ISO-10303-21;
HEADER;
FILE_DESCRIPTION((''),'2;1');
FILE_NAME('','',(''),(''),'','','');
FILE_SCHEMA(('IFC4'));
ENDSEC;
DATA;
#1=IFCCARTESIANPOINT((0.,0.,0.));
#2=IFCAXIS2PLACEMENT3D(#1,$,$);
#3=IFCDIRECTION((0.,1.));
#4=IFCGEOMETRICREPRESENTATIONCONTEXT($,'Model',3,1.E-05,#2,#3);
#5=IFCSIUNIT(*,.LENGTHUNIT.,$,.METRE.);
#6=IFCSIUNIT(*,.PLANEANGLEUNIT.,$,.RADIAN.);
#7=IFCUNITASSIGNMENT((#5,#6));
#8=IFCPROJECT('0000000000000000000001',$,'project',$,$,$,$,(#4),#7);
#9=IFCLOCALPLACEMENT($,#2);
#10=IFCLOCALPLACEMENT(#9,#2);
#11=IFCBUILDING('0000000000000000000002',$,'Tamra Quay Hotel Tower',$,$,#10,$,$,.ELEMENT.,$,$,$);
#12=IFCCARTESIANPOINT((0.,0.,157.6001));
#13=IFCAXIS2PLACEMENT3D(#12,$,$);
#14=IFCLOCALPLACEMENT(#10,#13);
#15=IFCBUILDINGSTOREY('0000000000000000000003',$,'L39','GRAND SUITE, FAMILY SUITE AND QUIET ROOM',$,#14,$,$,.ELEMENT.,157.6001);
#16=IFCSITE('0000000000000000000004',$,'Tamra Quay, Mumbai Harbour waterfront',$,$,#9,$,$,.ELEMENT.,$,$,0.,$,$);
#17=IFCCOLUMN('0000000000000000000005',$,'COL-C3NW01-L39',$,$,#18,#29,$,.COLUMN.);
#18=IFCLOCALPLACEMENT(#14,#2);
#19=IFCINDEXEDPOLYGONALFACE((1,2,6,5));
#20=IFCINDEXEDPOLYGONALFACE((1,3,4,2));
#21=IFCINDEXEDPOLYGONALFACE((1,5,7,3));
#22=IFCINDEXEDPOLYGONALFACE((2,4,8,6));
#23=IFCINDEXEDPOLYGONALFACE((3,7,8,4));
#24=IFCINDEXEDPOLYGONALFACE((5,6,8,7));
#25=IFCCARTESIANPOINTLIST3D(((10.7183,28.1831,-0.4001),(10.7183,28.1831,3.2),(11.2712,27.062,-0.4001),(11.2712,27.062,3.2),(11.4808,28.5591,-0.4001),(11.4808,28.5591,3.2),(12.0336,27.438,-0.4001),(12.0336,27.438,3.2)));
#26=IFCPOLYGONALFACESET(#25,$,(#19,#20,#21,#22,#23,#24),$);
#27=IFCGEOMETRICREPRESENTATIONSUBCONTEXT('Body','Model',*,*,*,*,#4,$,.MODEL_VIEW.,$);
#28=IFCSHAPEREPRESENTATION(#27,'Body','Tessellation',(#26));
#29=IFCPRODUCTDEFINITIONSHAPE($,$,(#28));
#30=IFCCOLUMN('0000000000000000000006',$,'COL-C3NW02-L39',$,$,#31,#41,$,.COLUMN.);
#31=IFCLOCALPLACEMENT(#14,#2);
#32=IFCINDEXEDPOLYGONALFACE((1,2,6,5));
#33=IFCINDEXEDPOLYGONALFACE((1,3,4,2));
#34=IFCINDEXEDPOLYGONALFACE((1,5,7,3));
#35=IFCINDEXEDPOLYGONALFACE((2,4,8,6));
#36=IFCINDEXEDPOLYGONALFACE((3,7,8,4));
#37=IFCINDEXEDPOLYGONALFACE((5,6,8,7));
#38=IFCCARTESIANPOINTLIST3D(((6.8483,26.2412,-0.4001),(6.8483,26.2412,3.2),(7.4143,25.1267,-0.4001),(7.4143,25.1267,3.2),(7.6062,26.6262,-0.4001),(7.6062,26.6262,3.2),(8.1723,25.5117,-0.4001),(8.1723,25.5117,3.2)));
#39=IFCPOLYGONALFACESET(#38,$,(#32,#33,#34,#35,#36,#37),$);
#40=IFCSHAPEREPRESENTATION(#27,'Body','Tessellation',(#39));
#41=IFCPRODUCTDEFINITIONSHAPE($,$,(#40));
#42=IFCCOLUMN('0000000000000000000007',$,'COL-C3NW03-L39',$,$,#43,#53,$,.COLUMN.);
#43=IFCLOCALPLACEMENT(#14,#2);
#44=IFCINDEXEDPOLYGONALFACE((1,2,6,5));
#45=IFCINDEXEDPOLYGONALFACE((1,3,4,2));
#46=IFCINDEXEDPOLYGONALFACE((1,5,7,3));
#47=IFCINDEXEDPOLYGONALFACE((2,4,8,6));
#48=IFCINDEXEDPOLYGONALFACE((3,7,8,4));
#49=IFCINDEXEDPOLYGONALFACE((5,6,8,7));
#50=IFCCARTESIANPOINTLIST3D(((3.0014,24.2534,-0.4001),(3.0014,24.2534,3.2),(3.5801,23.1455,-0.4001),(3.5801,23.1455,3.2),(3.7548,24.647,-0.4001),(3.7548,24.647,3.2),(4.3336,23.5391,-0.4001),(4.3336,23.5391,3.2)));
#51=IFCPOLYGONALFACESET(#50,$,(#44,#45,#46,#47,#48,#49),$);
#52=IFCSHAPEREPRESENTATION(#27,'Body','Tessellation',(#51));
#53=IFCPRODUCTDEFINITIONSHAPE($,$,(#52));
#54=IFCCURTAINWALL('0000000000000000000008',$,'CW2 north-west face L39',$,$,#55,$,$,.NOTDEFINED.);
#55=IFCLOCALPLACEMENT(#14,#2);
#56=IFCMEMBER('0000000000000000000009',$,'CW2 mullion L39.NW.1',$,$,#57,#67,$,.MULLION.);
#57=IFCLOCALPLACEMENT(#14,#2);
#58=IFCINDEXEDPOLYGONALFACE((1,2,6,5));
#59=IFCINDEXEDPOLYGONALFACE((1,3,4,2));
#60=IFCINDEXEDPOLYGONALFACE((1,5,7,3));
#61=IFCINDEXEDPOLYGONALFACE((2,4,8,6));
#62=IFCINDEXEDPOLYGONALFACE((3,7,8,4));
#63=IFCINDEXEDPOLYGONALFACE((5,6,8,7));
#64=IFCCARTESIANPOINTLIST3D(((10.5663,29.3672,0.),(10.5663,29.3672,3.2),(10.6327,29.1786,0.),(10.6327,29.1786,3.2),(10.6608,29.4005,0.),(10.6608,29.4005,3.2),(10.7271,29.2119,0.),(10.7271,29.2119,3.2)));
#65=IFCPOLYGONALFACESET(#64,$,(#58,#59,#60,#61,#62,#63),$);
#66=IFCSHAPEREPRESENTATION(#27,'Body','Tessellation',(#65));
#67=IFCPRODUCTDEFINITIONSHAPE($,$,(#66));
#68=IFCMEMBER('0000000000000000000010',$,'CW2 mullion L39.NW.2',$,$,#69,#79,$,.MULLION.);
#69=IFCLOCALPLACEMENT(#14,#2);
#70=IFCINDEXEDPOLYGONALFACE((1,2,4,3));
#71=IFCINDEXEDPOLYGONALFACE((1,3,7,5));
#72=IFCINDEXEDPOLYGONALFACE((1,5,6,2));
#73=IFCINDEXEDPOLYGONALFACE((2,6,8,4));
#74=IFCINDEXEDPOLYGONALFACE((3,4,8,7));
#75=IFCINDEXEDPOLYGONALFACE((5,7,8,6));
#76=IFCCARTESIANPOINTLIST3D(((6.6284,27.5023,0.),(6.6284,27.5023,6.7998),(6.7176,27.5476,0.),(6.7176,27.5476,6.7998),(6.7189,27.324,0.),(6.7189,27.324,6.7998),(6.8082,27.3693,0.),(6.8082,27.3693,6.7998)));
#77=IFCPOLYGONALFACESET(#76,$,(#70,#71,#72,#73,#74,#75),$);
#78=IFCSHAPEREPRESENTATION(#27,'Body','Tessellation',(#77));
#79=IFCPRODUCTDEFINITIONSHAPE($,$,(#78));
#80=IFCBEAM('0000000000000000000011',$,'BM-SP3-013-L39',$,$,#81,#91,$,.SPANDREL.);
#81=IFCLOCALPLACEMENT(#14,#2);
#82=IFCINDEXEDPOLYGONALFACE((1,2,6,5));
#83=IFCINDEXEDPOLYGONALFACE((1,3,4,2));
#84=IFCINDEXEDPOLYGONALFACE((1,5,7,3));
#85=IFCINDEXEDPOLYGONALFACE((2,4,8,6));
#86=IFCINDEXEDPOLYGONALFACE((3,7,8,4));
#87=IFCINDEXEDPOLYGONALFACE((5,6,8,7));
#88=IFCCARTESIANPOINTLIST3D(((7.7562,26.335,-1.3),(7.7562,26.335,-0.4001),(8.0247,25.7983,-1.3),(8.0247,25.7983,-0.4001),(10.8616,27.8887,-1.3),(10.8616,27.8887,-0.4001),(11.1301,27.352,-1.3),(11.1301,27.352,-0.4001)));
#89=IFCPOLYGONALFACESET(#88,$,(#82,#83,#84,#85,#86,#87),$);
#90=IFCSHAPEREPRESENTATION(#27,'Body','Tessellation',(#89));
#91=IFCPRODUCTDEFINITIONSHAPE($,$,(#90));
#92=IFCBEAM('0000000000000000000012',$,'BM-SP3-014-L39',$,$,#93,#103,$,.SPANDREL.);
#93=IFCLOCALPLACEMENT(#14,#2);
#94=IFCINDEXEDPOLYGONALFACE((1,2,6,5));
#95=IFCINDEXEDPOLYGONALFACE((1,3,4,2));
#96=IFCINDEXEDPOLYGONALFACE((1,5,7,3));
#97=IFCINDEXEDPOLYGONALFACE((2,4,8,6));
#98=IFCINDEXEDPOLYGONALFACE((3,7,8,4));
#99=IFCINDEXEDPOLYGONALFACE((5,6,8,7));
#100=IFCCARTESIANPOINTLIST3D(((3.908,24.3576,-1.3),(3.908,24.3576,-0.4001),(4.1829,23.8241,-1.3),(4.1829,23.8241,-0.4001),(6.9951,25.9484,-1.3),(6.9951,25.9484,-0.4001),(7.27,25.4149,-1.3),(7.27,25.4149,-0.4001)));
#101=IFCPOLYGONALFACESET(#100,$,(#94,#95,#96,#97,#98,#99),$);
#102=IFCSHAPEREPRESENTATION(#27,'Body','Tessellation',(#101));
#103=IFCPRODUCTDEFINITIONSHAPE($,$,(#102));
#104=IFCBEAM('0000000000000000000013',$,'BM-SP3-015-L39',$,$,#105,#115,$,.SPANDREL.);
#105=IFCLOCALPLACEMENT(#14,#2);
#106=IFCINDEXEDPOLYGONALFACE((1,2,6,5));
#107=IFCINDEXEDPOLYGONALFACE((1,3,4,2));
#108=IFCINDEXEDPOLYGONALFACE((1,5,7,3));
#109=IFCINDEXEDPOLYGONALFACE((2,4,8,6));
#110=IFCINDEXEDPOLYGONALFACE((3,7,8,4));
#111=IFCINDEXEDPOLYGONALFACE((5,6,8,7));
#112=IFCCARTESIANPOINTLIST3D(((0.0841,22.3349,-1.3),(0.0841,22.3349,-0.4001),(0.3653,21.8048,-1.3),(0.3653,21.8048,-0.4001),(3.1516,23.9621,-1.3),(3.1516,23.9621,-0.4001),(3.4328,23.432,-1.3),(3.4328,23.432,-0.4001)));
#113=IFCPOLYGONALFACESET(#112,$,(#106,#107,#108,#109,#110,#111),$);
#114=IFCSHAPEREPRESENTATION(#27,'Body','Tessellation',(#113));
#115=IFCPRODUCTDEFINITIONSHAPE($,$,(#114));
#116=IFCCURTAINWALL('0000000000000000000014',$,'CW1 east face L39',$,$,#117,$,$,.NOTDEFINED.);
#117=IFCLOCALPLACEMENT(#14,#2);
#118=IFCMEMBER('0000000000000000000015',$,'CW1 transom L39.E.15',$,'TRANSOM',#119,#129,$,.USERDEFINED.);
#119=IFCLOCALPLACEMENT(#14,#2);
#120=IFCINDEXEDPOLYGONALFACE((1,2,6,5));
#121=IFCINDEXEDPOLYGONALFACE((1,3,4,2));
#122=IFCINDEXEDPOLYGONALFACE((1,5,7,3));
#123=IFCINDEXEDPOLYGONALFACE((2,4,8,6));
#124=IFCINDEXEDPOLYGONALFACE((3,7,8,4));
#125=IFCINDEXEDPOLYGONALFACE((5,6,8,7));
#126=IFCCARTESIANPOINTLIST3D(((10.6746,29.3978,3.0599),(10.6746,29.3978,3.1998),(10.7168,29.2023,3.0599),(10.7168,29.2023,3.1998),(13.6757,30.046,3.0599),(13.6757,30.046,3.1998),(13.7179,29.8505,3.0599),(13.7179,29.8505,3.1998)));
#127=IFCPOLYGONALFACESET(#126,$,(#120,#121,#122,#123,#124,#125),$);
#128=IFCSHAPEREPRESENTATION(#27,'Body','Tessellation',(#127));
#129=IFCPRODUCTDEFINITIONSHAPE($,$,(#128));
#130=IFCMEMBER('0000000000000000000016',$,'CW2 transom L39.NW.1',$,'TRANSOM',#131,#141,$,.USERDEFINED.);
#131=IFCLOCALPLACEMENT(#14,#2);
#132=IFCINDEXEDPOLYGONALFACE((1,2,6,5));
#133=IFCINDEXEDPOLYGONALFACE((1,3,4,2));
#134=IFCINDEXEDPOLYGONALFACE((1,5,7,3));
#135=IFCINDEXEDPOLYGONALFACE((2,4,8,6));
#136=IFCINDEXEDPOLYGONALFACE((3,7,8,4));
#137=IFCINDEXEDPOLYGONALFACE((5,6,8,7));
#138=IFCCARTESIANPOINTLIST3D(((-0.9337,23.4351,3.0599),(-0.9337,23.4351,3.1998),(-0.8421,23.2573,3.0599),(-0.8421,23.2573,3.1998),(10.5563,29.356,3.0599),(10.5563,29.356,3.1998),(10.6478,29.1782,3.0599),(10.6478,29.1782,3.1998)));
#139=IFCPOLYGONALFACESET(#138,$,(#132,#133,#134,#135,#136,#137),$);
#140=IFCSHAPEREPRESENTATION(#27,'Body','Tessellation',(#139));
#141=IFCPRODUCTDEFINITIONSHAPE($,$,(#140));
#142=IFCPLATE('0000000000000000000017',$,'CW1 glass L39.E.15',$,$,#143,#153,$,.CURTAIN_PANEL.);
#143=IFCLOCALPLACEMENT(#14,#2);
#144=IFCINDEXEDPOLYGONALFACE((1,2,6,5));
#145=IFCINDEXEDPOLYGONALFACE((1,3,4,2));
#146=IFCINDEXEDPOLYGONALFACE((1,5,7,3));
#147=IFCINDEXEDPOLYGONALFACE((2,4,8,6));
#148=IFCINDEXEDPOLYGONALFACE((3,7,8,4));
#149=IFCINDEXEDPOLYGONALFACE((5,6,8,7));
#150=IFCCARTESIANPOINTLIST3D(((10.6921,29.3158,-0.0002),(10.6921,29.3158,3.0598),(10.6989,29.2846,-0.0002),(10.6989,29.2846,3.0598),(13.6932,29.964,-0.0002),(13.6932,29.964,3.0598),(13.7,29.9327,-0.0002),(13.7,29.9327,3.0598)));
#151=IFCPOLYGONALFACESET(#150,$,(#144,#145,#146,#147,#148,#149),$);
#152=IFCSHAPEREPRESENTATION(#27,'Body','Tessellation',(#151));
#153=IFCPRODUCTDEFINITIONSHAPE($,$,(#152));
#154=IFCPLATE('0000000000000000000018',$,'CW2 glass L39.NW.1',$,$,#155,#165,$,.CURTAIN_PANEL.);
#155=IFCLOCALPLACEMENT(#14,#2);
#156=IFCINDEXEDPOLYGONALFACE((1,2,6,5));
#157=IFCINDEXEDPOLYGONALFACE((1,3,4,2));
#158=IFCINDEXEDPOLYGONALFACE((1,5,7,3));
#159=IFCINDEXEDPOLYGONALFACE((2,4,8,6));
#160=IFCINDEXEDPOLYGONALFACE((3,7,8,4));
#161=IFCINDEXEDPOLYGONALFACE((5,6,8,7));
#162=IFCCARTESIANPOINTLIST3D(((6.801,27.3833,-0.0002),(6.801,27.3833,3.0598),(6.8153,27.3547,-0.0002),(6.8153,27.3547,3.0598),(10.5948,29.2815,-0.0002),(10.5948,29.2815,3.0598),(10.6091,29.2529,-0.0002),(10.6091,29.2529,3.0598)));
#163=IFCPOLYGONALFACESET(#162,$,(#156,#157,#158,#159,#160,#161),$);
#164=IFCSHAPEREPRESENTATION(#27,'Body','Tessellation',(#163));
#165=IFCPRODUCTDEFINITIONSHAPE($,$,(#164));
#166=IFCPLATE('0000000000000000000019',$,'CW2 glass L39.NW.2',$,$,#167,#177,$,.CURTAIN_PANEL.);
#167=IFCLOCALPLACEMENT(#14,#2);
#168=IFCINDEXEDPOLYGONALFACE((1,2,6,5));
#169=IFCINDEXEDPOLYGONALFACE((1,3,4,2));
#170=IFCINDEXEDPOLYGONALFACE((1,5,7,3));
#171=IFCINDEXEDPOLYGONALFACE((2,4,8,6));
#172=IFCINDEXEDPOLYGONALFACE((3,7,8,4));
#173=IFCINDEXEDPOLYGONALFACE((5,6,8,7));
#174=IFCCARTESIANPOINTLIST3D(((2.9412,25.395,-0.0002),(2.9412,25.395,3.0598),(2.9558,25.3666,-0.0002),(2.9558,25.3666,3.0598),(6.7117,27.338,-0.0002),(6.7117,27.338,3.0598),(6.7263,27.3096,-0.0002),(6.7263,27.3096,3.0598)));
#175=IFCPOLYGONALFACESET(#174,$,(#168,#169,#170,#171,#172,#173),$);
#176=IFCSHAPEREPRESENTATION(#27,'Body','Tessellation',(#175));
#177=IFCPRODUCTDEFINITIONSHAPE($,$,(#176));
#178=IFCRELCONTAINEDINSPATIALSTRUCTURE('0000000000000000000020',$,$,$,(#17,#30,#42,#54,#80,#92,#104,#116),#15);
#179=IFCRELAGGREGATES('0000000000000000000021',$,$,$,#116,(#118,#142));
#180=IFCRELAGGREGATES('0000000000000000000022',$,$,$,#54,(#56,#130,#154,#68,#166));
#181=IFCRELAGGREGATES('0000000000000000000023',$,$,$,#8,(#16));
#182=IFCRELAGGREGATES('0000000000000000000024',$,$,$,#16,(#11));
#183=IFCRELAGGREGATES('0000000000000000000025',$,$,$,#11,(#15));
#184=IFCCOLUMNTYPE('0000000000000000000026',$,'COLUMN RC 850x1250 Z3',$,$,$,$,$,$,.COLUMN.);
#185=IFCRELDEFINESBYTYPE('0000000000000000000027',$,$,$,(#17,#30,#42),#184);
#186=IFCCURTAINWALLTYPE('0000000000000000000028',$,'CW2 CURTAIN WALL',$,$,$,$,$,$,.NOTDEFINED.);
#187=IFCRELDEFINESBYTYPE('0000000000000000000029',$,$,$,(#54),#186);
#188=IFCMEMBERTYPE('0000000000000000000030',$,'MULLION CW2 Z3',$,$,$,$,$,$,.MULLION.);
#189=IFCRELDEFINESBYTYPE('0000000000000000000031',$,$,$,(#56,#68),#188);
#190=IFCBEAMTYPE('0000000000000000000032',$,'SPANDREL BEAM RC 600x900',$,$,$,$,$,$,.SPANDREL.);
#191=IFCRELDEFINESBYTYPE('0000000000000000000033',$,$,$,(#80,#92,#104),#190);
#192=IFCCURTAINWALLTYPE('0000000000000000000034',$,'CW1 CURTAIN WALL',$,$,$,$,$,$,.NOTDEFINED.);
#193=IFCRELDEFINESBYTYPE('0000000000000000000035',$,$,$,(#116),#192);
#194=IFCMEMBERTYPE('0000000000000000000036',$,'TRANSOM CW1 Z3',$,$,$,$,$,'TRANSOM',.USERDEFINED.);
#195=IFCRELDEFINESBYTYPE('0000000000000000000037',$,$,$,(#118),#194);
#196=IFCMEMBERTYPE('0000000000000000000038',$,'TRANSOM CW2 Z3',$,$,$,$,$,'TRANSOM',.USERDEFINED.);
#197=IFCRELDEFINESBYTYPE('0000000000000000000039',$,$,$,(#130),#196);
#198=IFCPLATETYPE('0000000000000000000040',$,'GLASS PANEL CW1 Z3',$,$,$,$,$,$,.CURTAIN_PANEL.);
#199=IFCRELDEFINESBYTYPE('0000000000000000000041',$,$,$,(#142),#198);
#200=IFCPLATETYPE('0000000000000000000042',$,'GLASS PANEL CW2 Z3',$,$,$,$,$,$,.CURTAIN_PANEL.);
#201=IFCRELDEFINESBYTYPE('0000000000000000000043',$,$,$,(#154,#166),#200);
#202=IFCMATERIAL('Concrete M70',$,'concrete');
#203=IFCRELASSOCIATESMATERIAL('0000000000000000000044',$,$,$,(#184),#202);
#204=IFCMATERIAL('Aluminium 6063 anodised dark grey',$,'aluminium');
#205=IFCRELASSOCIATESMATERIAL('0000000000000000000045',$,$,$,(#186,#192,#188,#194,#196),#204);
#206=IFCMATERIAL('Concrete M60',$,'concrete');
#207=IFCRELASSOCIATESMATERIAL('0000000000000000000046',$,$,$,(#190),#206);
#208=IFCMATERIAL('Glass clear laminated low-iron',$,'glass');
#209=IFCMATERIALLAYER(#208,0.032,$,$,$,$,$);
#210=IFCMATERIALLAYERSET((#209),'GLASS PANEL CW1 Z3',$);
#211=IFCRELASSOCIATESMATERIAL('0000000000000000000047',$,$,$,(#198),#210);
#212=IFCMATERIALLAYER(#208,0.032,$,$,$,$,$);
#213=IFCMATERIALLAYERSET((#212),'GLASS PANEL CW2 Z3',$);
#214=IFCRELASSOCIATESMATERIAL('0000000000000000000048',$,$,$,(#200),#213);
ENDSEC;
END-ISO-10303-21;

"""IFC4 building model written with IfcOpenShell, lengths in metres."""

from ifc_helpers import new_model, si_unit, direction, frame, origin, origin_2d, place, context, subcontext, project, spatial, rectangle, extrude, material, layer, layer_set, material_profile, profile_set, type_object, element, aggregate, save


model = new_model("IFC4")

# Units and contexts
model_context = context("Model", 3, precision=1e-05, world=origin(), true_north=direction((0.0, 1.0)))
body_context = subcontext(model_context, "Body", "Model", "MODEL_VIEW")
ifc_project = project(units=[si_unit("LENGTHUNIT", "METRE"), si_unit("PLANEANGLEUNIT", "RADIAN")], contexts=[model_context])

# Site, building, storey
site_placement = place(None, origin())
site = spatial("IfcSite", under=ifc_project, at=site_placement, Name="Tamra Quay, Mumbai Harbour waterfront", CompositionType="ELEMENT", RefElevation=0.0)
building_placement = place(site_placement, origin())
building = spatial("IfcBuilding", under=site, at=building_placement, Name="Tamra Quay Hotel Tower", CompositionType="ELEMENT")
storey_placement = place(building_placement, frame((0.0, 0.0, 157.6001)))
storey = spatial("IfcBuildingStorey", under=building, at=storey_placement, Name="L39", Description="GRAND SUITE, FAMILY SUITE AND QUIET ROOM", CompositionType="ELEMENT", Elevation=157.6001)

# Columns
ifc_material_1 = material(Name="Concrete M70", Category="concrete")
ifc_material_profile_1 = material_profile(ifc_material_1, rectangle(XDim=1.25, YDim=0.8501, at=origin_2d()), Name="COLUMN RC 850x1250 Z3")
ifc_profile_set_1 = profile_set([ifc_material_profile_1], Name="Concrete M70")
column_type = type_object("IfcColumnType", Name="COLUMN RC 850x1250 Z3", PredefinedType="COLUMN", material=ifc_profile_set_1)
for number, where, z_axis, x_axis, name in (
    (1, (11.376, 27.8105, -0.4001), (0.0, 0.0, 1.0), (-0.442275, 0.89688, 0.0), "COL-C3NW01-L39"),
    (2, (7.5103, 25.8765, -0.4001), (0.0, 0.0, 1.0), (-0.45286, 0.891582, 0.0), "COL-C3NW02-L39"),
    (3, (3.6675, 23.8962, -0.4001), (0.0, 0.0, 1.0), (-0.463007, 0.886355, 0.0), "COL-C3NW03-L39"),
):
    element("IfcColumn", number, at=place(storey_placement, frame(where, z_axis=z_axis, x_axis=x_axis)), inside=storey, type_object=column_type, Name=name, PredefinedType="COLUMN", context=body_context, shape_type="SweptSolid", body=[
        extrude(rectangle(XDim=1.25, YDim=0.8501, at=origin_2d()), origin(), (0.0, 0.0, 1.0), 3.6001),
    ])

# Curtain wall, members
ifc_material_2 = material(Name="Aluminium 6063 anodised dark grey", Category="aluminium")
curtain_wall_type_1 = type_object("IfcCurtainWallType", Name="CW2 CURTAIN WALL", PredefinedType="NOTDEFINED", material=ifc_material_2)
curtain_wall_1_placement = place(storey_placement, origin())
curtain_wall_1 = element("IfcCurtainWall", 4, at=curtain_wall_1_placement, inside=storey, type_object=curtain_wall_type_1, Name="CW2 north-west face L39", PredefinedType="NOTDEFINED")
ifc_material_profile_2 = material_profile(ifc_material_2, rectangle(XDim=0.2, YDim=0.1001, at=origin_2d()), Name="MULLION 100X200")
ifc_profile_set_2 = profile_set([ifc_material_profile_2], Name="Aluminium 6063 anodised dark grey")
member_type_1 = type_object("IfcMemberType", Name="MULLION CW2 Z3", PredefinedType="MULLION", material=ifc_profile_set_2)
member_1_placement = place(storey_placement, frame((10.6467, 29.2896, 0.0), z_axis=(0.0, 0.0, 1.0), x_axis=(-0.331894, 0.943317, 0.0)))
member_1 = element("IfcMember", 5, at=member_1_placement, type_object=member_type_1, Name="CW2 mullion L39.NW.1", PredefinedType="MULLION", context=body_context, shape_type="SweptSolid", body=[
    extrude(rectangle(XDim=0.2, YDim=0.1001, at=origin_2d()), origin(), (0.0, 0.0, 1.0), 3.2),
])
member_2_placement = place(storey_placement, frame((6.7183, 27.4358, 0.0), z_axis=(0.0, 0.0, 1.0), x_axis=(-0.452777, 0.891624, 0.0)))
member_2 = element("IfcMember", 6, at=member_2_placement, type_object=member_type_1, Name="CW2 mullion L39.NW.2", PredefinedType="MULLION", context=body_context, shape_type="SweptSolid", body=[
    extrude(rectangle(XDim=0.2, YDim=0.1001, at=origin_2d()), origin(), (0.0, 0.0, 1.0), 6.7998),
])

# Beams
ifc_material_3 = material(Name="Concrete M60", Category="concrete")
ifc_material_profile_3 = material_profile(ifc_material_3, rectangle(XDim=0.6001, YDim=0.8999, at=origin_2d()), Name="SPANDREL BEAM RC 600x900")
ifc_profile_set_3 = profile_set([ifc_material_profile_3], Name="Concrete M60")
beam_type = type_object("IfcBeamType", Name="SPANDREL BEAM RC 600x900", PredefinedType="SPANDREL", material=ifc_profile_set_3)
beam_1_placement = place(storey_placement, frame((10.9958, 27.6204, -0.8501), z_axis=(-0.894315, -0.447439, 0.0), x_axis=(0.447439, -0.894315, 0.0)))
element("IfcBeam", 7, at=beam_1_placement, inside=storey, type_object=beam_type, Name="BM-SP3-013-L39", PredefinedType="SPANDREL", context=body_context, shape_type="SweptSolid", body=[
    extrude(rectangle(XDim=0.6001, YDim=0.8999, at=origin_2d()), origin(), (0.0, 0.0, 1.0), 3.4724),
])
beam_2_placement = place(storey_placement, frame((7.1326, 25.6816, -0.8501), z_axis=(-0.88892, -0.458063, 0.0), x_axis=(0.458063, -0.88892, 0.0)))
element("IfcBeam", 8, at=beam_2_placement, inside=storey, type_object=beam_type, Name="BM-SP3-014-L39", PredefinedType="SPANDREL", context=body_context, shape_type="SweptSolid", body=[
    extrude(rectangle(XDim=0.6001, YDim=0.8999, at=origin_2d()), origin(), (0.0, 0.0, 1.0), 3.4729),
])
beam_3_placement = place(storey_placement, frame((3.2922, 23.697, -0.8501), z_axis=(-0.883411, -0.468598, 0.0), x_axis=(0.468598, -0.883411, 0.0)))
element("IfcBeam", 9, at=beam_3_placement, inside=storey, type_object=beam_type, Name="BM-SP3-015-L39", PredefinedType="SPANDREL", context=body_context, shape_type="SweptSolid", body=[
    extrude(rectangle(XDim=0.6001, YDim=0.8999, at=origin_2d()), origin(), (0.0, 0.0, 1.0), 3.4724),
])

# Curtain wall, member
curtain_wall_type_2 = type_object("IfcCurtainWallType", Name="CW1 CURTAIN WALL", PredefinedType="NOTDEFINED", material=ifc_material_2)
curtain_wall_2_placement = place(storey_placement, origin())
curtain_wall_2 = element("IfcCurtainWall", 10, at=curtain_wall_2_placement, inside=storey, type_object=curtain_wall_type_2, Name="CW1 east face L39", PredefinedType="NOTDEFINED")
ifc_material_profile_4 = material_profile(ifc_material_2, rectangle(XDim=0.2, YDim=0.1399, at=origin_2d()), Name="TRANSOM 200X140")
ifc_profile_set_4 = profile_set([ifc_material_profile_4], Name="Aluminium 6063 anodised dark grey")
member_type_2 = type_object("IfcMemberType", Name="TRANSOM CW1 Z3", ElementType="TRANSOM", PredefinedType="USERDEFINED", material=ifc_profile_set_4)
member_3_placement = place(storey_placement, frame((13.6968, 29.9482, 3.1299), z_axis=(-0.977463, -0.211109, 0.0), x_axis=(0.211109, -0.977463, 0.0)))
member_3 = element("IfcMember", 11, at=member_3_placement, type_object=member_type_2, Name="CW1 transom L39.E.15", ObjectType="TRANSOM", PredefinedType="USERDEFINED", context=body_context, shape_type="SweptSolid", body=[
    extrude(rectangle(XDim=0.2, YDim=0.1399, at=origin_2d()), origin(), (0.0, 0.0, 1.0), 3.0703),
])

# Member
ifc_material_profile_5 = material_profile(ifc_material_2, rectangle(XDim=0.2, YDim=0.1399, at=origin_2d()), Name="TRANSOM 200X140")
ifc_profile_set_5 = profile_set([ifc_material_profile_5], Name="Aluminium 6063 anodised dark grey")
member_type_3 = type_object("IfcMemberType", Name="TRANSOM CW2 Z3", ElementType="TRANSOM", PredefinedType="USERDEFINED", material=ifc_profile_set_5)
member_4_placement = place(storey_placement, frame((10.6021, 29.2671, 3.1299), z_axis=(-0.888917, -0.458067, 0.0), x_axis=(0.458067, -0.888917, 0.0)))
member_4 = element("IfcMember", 12, at=member_4_placement, type_object=member_type_3, Name="CW2 transom L39.NW.1", ObjectType="TRANSOM", PredefinedType="USERDEFINED", context=body_context, shape_type="SweptSolid", body=[
    extrude(rectangle(XDim=0.2, YDim=0.1399, at=origin_2d()), origin(), (0.0, 0.0, 1.0), 12.9258),
])

# Plates
ifc_material_4 = material(Name="Glass clear laminated low-iron", Category="glass")
ifc_layer_1 = layer(ifc_material_4, 0.032)
ifc_layer_set_1 = layer_set([ifc_layer_1], Name="GLASS PANEL CW1 Z3")
plate_type_1 = type_object("IfcPlateType", Name="GLASS PANEL CW1 Z3", PredefinedType="CURTAIN_PANEL", material=ifc_layer_set_1)
plate_1_placement = place(storey_placement, frame((12.196, 29.6243, -0.0002), z_axis=(0.0, 0.0, 1.0), x_axis=(-0.977465, -0.211099, 0.0)))
plate_1 = element("IfcPlate", 13, at=plate_1_placement, type_object=plate_type_1, Name="CW1 glass L39.E.15", PredefinedType="CURTAIN_PANEL", context=body_context, shape_type="SweptSolid", body=[
    extrude(rectangle(XDim=3.0703, YDim=0.032, at=origin_2d()), origin(), (0.0, 0.0, 1.0), 3.0601),
])
aggregate(curtain_wall_2, [member_3, plate_1])
ifc_layer_2 = layer(ifc_material_4, 0.032)
ifc_layer_set_2 = layer_set([ifc_layer_2], Name="GLASS PANEL CW2 Z3")
plate_type_2 = type_object("IfcPlateType", Name="GLASS PANEL CW2 Z3", PredefinedType="CURTAIN_PANEL", material=ifc_layer_set_2)
plate_2_placement = place(storey_placement, frame((8.7051, 28.3181, -0.0002), z_axis=(0.0, 0.0, 1.0), x_axis=(-0.894305, -0.447459, 0.0)))
plate_2 = element("IfcPlate", 14, at=plate_2_placement, type_object=plate_type_2, Name="CW2 glass L39.NW.1", PredefinedType="CURTAIN_PANEL", context=body_context, shape_type="SweptSolid", body=[
    extrude(rectangle(XDim=4.2422, YDim=0.032, at=origin_2d()), origin(), (0.0, 0.0, 1.0), 3.0601),
])
plate_3_placement = place(storey_placement, frame((4.8337, 26.3523, -0.0002), z_axis=(0.0, 0.0, 1.0), x_axis=(-0.888911, -0.45808, 0.0)))
plate_3 = element("IfcPlate", 15, at=plate_3_placement, type_object=plate_type_2, Name="CW2 glass L39.NW.2", PredefinedType="CURTAIN_PANEL", context=body_context, shape_type="SweptSolid", body=[
    extrude(rectangle(XDim=4.2417, YDim=0.032, at=origin_2d()), origin(), (0.0, 0.0, 1.0), 3.0601),
])
aggregate(curtain_wall_1, [member_1, member_4, plate_2, member_2, plate_3])

save(model, "model.ifc")
